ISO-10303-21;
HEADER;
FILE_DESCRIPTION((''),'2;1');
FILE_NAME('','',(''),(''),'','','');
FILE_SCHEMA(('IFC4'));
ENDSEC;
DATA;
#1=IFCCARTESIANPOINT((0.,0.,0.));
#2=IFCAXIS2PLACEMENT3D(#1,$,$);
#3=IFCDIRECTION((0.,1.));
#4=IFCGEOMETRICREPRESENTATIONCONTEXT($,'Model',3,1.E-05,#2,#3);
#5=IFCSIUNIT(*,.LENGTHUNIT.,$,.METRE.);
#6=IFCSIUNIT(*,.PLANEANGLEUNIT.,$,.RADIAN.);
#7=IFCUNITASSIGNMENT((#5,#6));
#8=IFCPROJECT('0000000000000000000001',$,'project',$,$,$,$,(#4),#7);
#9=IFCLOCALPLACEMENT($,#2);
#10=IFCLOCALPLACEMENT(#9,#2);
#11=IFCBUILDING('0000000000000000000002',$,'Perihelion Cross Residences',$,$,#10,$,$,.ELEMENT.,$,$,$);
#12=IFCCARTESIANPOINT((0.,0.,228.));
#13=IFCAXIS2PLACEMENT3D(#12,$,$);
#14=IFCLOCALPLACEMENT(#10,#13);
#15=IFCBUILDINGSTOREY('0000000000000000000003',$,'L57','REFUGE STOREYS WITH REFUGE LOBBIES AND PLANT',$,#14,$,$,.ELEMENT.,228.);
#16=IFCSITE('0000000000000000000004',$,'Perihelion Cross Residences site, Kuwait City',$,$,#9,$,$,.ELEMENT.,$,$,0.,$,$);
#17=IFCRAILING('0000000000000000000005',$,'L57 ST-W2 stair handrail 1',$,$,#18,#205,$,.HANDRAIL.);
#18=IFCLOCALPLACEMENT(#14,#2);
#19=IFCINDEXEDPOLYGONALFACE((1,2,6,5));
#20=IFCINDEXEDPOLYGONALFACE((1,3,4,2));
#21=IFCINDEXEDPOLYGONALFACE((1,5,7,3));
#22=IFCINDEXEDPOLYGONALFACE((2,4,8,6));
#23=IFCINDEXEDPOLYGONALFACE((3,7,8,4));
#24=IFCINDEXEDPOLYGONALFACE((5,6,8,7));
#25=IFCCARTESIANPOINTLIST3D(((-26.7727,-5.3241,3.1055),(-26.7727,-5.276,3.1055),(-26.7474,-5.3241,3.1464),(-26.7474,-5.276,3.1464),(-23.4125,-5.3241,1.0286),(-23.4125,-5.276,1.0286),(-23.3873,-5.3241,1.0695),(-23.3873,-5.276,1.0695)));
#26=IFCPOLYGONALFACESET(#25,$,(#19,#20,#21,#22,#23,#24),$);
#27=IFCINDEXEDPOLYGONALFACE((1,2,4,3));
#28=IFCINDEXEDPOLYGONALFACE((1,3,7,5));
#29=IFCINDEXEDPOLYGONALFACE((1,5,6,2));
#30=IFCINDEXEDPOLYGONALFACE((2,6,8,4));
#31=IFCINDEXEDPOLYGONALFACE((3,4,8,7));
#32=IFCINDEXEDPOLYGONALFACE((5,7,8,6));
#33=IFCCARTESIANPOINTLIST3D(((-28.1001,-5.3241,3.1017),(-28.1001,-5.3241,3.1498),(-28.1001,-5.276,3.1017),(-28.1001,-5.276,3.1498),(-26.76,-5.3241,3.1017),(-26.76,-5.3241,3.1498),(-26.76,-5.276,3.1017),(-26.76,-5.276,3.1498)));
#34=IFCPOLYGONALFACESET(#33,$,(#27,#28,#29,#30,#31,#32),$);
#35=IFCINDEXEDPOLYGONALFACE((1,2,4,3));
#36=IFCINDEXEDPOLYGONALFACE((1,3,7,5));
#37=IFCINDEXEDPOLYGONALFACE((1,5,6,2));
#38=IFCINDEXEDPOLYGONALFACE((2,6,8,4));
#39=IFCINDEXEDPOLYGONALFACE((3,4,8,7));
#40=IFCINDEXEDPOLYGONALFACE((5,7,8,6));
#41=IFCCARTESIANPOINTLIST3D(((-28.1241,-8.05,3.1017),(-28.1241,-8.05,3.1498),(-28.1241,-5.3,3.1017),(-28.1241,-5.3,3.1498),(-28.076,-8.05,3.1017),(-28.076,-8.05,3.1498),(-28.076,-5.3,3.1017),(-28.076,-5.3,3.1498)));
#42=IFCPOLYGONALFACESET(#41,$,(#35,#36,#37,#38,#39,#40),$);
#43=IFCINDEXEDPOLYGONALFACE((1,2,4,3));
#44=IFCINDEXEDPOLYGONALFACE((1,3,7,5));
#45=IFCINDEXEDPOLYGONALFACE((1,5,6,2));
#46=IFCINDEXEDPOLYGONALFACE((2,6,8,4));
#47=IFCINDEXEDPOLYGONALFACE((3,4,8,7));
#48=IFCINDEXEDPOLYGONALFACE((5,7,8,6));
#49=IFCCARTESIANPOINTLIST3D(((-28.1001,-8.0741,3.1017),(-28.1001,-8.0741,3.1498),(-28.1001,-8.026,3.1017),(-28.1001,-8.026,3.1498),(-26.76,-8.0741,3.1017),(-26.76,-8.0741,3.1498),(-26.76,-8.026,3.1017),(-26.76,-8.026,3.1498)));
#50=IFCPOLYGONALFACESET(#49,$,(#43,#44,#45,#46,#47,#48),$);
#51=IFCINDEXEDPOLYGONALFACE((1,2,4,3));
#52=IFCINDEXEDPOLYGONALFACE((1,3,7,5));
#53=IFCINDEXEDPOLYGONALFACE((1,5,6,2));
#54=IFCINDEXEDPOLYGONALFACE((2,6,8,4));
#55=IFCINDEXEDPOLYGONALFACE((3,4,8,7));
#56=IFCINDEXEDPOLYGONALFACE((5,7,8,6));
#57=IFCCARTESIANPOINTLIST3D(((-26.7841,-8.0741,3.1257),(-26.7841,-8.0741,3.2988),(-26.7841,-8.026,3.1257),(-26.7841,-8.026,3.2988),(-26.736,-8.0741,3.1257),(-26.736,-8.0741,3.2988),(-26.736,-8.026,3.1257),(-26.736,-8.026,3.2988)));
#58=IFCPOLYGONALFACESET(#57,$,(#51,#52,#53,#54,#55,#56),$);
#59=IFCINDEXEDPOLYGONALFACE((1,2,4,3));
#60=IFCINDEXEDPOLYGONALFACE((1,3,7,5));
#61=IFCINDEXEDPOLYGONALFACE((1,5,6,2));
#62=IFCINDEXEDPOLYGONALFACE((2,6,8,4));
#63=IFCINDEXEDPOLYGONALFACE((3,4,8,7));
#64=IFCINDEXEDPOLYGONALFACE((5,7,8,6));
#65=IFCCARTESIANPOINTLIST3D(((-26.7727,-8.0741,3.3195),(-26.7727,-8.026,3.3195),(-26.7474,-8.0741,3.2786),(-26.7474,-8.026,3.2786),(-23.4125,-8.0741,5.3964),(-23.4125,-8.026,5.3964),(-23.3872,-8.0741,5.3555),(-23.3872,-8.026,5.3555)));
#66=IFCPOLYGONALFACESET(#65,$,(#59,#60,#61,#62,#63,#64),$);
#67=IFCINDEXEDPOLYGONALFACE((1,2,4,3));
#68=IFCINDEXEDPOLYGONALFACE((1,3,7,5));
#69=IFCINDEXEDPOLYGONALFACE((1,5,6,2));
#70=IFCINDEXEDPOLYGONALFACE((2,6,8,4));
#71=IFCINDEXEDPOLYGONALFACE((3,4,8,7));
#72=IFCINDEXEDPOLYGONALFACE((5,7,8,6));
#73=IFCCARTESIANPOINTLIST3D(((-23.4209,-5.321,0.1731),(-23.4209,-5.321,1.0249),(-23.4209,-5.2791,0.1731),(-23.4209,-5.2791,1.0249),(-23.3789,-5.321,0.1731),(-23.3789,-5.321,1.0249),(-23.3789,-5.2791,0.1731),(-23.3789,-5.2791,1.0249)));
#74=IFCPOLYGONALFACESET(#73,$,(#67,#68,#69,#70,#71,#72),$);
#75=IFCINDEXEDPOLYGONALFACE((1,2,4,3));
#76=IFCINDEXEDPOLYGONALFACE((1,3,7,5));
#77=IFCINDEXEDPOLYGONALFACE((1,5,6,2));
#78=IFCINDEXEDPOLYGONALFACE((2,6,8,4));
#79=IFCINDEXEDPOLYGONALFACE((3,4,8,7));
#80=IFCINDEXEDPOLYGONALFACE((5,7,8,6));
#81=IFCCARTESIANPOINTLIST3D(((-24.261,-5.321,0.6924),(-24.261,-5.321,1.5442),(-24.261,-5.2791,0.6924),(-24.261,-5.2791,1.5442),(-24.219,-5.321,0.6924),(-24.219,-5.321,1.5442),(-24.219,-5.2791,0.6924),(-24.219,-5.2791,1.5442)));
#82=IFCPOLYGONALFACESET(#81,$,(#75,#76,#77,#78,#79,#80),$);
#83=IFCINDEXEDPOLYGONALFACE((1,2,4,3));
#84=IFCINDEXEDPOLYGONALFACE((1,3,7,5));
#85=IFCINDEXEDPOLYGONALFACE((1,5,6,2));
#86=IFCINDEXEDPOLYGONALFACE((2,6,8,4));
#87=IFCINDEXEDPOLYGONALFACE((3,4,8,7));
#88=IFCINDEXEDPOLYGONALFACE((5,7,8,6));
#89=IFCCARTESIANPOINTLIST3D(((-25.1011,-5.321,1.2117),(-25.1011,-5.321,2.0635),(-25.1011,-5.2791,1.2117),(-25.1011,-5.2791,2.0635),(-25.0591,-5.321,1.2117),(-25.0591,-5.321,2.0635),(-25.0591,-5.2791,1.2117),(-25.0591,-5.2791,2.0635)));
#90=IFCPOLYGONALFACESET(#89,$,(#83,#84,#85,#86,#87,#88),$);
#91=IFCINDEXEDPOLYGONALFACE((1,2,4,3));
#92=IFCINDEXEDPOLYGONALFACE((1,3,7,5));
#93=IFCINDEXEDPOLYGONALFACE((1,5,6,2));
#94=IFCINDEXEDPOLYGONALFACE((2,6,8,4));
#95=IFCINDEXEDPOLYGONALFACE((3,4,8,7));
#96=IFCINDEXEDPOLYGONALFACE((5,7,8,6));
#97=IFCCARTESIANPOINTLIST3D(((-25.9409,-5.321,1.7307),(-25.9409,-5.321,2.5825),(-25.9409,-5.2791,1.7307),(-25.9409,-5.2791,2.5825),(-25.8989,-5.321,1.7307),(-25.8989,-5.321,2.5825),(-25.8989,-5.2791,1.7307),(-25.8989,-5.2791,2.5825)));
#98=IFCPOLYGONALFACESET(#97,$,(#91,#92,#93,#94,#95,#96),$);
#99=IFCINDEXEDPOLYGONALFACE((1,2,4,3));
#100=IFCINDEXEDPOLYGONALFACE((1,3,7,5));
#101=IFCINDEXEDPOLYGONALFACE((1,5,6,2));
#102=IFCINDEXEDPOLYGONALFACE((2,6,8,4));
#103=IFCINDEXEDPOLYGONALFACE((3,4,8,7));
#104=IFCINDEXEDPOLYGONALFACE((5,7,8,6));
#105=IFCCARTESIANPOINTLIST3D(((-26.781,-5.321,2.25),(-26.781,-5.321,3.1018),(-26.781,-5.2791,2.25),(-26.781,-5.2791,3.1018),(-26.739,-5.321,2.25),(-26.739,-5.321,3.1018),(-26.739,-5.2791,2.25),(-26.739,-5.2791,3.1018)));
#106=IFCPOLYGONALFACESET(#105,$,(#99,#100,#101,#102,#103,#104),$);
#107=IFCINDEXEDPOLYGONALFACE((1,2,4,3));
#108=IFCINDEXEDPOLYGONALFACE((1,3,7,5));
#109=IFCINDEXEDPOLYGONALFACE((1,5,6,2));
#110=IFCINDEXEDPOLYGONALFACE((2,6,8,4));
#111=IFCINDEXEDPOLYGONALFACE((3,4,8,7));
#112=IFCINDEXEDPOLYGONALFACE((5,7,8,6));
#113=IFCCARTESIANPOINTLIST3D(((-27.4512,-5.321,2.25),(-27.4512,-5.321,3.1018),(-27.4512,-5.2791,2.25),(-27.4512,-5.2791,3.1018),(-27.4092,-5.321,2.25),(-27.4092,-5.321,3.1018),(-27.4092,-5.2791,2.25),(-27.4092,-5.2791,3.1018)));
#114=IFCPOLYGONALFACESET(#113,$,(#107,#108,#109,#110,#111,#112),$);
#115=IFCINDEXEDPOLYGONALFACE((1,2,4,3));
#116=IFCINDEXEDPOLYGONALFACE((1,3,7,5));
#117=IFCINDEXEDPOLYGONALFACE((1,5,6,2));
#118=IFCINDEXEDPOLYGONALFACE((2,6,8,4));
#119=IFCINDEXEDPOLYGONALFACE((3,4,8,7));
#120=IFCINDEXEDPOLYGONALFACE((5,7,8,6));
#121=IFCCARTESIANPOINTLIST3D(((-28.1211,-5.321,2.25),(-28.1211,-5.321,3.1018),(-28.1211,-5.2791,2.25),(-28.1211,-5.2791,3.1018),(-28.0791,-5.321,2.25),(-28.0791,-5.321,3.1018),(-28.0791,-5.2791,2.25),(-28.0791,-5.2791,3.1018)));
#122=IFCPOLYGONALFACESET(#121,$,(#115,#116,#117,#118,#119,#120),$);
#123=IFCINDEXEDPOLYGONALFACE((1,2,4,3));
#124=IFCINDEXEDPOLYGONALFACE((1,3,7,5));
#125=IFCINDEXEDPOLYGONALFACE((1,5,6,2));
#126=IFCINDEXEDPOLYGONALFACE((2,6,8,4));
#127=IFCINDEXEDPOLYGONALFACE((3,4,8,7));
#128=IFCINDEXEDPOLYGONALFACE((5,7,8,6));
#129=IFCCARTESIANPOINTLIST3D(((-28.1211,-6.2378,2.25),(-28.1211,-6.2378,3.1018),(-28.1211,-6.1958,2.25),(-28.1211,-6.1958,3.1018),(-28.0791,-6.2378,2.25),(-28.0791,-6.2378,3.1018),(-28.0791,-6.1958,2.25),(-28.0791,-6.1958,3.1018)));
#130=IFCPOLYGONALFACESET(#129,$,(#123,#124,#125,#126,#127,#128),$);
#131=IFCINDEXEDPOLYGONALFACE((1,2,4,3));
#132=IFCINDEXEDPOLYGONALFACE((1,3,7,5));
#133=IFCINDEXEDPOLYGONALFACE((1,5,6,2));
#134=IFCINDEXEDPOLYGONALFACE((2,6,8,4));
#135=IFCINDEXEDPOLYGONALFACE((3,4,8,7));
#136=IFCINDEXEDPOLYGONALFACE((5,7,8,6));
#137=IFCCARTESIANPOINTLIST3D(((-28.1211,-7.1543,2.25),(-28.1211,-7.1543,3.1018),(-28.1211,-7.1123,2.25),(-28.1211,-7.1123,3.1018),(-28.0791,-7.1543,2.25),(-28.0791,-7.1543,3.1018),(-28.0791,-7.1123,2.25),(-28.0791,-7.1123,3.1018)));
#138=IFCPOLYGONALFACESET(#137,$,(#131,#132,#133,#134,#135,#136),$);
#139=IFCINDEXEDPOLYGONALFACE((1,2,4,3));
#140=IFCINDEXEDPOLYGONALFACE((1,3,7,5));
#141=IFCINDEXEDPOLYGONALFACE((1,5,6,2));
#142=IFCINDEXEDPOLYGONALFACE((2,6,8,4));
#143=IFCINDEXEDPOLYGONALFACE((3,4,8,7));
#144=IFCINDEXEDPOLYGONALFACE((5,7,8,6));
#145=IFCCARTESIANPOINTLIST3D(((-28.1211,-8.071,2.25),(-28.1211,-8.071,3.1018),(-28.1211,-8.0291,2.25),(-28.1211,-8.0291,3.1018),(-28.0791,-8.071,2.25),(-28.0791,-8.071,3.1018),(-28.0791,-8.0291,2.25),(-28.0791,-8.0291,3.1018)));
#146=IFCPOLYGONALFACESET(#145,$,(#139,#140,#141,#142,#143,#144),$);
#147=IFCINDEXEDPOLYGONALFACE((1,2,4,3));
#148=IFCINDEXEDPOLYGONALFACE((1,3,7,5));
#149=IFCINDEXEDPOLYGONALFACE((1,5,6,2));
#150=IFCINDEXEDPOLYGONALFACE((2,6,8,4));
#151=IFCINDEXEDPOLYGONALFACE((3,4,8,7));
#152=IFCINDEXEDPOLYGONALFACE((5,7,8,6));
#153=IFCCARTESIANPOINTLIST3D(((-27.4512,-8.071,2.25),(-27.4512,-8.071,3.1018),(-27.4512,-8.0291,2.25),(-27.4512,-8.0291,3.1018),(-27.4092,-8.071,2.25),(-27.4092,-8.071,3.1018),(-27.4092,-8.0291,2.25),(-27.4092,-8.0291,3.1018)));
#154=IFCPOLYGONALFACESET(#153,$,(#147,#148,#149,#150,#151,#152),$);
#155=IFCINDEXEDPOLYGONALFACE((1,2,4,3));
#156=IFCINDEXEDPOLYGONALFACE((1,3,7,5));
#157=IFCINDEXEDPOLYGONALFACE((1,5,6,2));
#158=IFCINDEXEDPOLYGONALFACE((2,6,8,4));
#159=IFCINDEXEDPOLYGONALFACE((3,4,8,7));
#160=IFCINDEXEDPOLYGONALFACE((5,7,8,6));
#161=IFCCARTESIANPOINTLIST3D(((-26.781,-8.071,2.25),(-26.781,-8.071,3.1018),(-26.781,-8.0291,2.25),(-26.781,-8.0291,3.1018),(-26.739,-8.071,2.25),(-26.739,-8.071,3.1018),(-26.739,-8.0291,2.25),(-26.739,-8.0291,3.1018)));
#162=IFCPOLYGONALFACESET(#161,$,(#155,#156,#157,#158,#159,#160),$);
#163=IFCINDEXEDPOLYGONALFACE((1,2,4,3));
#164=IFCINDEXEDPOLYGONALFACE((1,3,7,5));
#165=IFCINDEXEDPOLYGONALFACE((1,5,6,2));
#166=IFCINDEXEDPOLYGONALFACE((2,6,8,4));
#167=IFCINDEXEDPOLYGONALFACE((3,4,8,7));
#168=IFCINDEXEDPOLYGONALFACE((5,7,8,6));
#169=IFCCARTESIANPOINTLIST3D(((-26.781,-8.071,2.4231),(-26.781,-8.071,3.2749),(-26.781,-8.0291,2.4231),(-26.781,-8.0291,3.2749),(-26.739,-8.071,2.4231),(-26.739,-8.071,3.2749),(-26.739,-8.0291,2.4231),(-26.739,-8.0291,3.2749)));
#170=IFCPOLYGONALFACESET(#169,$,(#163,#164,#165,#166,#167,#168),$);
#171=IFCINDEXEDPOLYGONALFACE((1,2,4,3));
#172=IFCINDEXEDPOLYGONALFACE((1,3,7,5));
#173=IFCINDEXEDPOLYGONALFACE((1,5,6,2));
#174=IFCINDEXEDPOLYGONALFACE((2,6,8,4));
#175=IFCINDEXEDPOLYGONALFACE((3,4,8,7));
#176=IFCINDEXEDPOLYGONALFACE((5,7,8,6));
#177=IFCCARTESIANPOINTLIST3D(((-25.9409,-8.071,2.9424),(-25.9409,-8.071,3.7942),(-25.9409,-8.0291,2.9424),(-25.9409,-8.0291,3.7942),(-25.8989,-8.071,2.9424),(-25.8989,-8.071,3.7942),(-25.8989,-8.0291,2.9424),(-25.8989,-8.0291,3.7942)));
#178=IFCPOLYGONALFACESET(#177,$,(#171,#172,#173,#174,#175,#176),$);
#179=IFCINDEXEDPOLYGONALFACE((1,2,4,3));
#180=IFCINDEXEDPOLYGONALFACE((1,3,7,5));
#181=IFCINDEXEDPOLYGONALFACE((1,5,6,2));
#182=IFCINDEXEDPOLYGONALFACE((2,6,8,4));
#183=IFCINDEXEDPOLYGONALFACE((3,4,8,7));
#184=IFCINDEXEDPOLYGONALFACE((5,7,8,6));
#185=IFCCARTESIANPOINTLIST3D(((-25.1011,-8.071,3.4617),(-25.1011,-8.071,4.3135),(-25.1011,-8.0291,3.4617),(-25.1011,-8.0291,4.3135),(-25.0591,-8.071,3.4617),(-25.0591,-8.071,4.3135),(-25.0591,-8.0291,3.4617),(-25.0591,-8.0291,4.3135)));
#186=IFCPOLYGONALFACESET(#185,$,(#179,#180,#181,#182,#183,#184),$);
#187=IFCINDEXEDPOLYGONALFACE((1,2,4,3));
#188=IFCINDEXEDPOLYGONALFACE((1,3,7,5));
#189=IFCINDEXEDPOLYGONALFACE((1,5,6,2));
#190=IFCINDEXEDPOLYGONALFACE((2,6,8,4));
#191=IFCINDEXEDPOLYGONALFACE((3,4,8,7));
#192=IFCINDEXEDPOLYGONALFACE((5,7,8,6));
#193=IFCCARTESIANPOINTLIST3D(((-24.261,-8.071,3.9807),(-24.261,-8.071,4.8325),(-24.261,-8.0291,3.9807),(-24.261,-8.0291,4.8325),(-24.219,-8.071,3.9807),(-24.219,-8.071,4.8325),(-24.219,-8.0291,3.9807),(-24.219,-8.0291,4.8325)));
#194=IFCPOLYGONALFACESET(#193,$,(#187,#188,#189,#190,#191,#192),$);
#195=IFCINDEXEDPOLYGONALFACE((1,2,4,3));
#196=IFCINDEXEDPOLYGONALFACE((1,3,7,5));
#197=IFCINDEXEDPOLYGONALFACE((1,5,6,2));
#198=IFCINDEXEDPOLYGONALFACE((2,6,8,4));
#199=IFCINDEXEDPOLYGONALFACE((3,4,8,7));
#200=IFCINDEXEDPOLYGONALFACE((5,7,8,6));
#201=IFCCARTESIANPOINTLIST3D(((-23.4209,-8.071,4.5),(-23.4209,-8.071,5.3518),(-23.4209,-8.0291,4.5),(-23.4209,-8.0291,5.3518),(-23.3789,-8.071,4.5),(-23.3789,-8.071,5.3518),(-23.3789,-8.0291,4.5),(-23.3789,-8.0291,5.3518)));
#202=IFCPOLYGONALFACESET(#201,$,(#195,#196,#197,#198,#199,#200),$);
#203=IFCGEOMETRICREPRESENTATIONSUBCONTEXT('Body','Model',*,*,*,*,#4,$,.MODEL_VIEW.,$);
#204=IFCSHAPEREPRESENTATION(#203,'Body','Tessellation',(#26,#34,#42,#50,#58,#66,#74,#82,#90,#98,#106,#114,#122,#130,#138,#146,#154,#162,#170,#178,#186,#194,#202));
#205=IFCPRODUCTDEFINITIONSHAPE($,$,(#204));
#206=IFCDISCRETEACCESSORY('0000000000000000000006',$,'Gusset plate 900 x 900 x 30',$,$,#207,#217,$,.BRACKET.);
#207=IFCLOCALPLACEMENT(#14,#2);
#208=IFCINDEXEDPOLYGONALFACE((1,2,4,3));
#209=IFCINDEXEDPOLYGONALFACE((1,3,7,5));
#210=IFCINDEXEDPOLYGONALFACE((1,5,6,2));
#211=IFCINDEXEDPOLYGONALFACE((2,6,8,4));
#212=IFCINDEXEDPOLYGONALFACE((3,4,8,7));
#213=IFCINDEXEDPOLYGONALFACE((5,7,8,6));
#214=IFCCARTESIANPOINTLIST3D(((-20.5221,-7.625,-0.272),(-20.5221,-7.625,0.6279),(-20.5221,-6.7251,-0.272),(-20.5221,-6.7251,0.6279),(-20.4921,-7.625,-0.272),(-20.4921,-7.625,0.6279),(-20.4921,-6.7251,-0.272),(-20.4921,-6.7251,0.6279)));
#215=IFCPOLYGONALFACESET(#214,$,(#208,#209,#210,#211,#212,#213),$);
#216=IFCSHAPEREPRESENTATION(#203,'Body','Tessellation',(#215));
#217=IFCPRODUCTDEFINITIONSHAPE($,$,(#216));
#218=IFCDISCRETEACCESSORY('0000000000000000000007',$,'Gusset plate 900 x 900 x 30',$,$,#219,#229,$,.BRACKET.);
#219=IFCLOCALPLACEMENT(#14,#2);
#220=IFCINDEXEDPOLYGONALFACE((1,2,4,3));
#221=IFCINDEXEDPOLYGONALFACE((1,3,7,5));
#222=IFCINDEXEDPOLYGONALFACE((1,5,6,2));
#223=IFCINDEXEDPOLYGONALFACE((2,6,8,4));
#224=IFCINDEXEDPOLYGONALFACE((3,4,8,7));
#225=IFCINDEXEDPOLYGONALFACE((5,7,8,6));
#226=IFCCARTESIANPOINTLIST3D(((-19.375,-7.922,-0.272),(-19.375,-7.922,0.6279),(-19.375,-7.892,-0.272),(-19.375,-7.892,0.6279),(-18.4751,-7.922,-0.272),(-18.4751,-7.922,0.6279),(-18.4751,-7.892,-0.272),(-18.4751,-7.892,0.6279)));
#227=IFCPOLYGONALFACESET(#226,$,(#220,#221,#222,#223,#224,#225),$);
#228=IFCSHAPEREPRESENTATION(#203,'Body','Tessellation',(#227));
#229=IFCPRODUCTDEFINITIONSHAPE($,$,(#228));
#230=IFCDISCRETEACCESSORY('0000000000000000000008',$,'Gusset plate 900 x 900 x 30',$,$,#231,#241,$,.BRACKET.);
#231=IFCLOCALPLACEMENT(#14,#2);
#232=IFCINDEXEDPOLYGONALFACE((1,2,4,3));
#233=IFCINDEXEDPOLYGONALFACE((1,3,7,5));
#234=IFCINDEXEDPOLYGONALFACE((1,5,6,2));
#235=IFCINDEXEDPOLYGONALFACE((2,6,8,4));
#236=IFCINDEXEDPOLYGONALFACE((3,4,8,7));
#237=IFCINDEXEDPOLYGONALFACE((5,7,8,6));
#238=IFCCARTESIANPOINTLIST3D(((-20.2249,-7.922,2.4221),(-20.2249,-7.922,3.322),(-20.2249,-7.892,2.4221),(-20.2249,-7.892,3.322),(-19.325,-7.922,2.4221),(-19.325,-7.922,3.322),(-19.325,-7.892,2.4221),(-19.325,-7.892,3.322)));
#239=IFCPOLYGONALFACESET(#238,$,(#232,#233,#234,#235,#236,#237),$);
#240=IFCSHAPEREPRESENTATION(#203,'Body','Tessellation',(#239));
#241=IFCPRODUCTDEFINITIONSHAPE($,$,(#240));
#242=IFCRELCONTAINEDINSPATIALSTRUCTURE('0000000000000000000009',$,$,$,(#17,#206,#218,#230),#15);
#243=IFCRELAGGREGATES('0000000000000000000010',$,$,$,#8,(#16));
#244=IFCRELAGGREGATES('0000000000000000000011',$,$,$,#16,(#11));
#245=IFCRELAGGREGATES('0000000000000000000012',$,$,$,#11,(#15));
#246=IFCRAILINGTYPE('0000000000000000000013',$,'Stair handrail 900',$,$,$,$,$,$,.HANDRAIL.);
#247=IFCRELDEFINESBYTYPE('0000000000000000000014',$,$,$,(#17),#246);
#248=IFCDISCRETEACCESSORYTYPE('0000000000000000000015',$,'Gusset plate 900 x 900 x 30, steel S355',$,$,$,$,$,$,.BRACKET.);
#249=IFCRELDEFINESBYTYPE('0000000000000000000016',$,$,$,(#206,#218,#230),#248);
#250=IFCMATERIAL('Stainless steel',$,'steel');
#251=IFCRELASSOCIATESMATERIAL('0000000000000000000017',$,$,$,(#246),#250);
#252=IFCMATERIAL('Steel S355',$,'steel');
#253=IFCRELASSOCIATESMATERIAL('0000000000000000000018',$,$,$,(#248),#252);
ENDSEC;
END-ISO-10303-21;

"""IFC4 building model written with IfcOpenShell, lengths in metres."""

from ifc_helpers import new_model, si_unit, direction, frame, origin, origin_2d, place, context, subcontext, project, spatial, rectangle, extrude, material, type_object, element, save


model = new_model("IFC4")

# Units and contexts
model_context = context("Model", 3, precision=1e-05, world=origin(), true_north=direction((0.0, 1.0)))
body_context = subcontext(model_context, "Body", "Model", "MODEL_VIEW")
ifc_project = project(units=[si_unit("LENGTHUNIT", "METRE"), si_unit("PLANEANGLEUNIT", "RADIAN")], contexts=[model_context])

# Site, building, storey
site_placement = place(None, origin())
site = spatial("IfcSite", under=ifc_project, at=site_placement, Name="Perihelion Cross Residences site, Kuwait City", CompositionType="ELEMENT", RefElevation=0.0)
building_placement = place(site_placement, origin())
building = spatial("IfcBuilding", under=site, at=building_placement, Name="Perihelion Cross Residences", CompositionType="ELEMENT")
storey_placement = place(building_placement, frame((0.0, 0.0, 228.0)))
storey = spatial("IfcBuildingStorey", under=building, at=storey_placement, Name="L57", Description="REFUGE STOREYS WITH REFUGE LOBBIES AND PLANT", CompositionType="ELEMENT", Elevation=228.0)

# Railing
ifc_material_1 = material(Name="Stainless steel", Category="steel")
railing_type_1 = type_object("IfcRailingType", Name="Stair handrail 900", PredefinedType="HANDRAIL", material=ifc_material_1)
railing_1_placement = place(storey_placement, frame((-23.3999, -5.3, 0.1731)))
element("IfcRailing", 1, at=railing_1_placement, inside=storey, type_object=railing_type_1, Name="L57 ST-W2 stair handrail 1", PredefinedType="HANDRAIL", context=body_context, shape_type="SweptSolid", body=[
    extrude(rectangle(XDim=0.0481, YDim=0.0481, at=origin_2d()), frame((0.0, 0.0, 0.876), z_axis=(-0.850623, 0.0, 0.525776), x_axis=(0.0, -1.0, 0.0)), (0.0, 0.0, 1.0), 3.9502),
    extrude(rectangle(XDim=0.0481, YDim=0.0481, at=origin_2d()), frame((-3.3601, 0.0, 2.9526), z_axis=(-1.0, 0.0, 0.0), x_axis=(0.0, -1.0, 0.0)), (0.0, 0.0, 1.0), 1.3401),
    extrude(rectangle(XDim=0.0481, YDim=0.0481, at=origin_2d()), frame((-4.7002, 0.0, 2.9526), z_axis=(0.0, -1.0, 0.0), x_axis=(1.0, 0.0, 0.0)), (0.0, 0.0, 1.0), 2.75),
    extrude(rectangle(XDim=0.0481, YDim=0.0481, at=origin_2d()), frame((-4.7002, -2.75, 2.9526), z_axis=(1.0, 0.0, 0.0), x_axis=(0.0, 1.0, 0.0)), (0.0, 0.0, 1.0), 1.3401),
    extrude(rectangle(XDim=0.0481, YDim=0.0481, at=origin_2d()), frame((-3.3601, -2.75, 2.9526), z_axis=(0.0, 0.0, 1.0), x_axis=(1.0, 0.0, 0.0)), (0.0, 0.0, 1.0), 0.1731),
    extrude(rectangle(XDim=0.0481, YDim=0.0481, at=origin_2d()), frame((-3.3601, -2.75, 3.126), z_axis=(0.850623, 0.0, 0.525776), x_axis=(0.0, 1.0, 0.0)), (0.0, 0.0, 1.0), 3.9502),
    extrude(rectangle(XDim=0.042, YDim=0.042, at=origin_2d()), origin(), (0.0, 0.0, 1.0), 0.8518),
    extrude(rectangle(XDim=0.042, YDim=0.042, at=origin_2d()), frame((-0.8401, 0.0, 0.5193)), (0.0, 0.0, 1.0), 0.8518),
    extrude(rectangle(XDim=0.042, YDim=0.042, at=origin_2d()), frame((-1.6802, 0.0, 1.0386)), (0.0, 0.0, 1.0), 0.8518),
    extrude(rectangle(XDim=0.042, YDim=0.042, at=origin_2d()), frame((-2.52, 0.0, 1.5576)), (0.0, 0.0, 1.0), 0.8518),
    extrude(rectangle(XDim=0.042, YDim=0.042, at=origin_2d()), frame((-3.3601, 0.0, 2.0769)), (0.0, 0.0, 1.0), 0.8518),
    extrude(rectangle(XDim=0.042, YDim=0.042, at=origin_2d()), frame((-4.0303, 0.0, 2.0769)), (0.0, 0.0, 1.0), 0.8518),
    extrude(rectangle(XDim=0.042, YDim=0.042, at=origin_2d()), frame((-4.7002, 0.0, 2.0769)), (0.0, 0.0, 1.0), 0.8518),
    extrude(rectangle(XDim=0.042, YDim=0.042, at=origin_2d()), frame((-4.7002, -0.9167, 2.0769)), (0.0, 0.0, 1.0), 0.8518),
    extrude(rectangle(XDim=0.042, YDim=0.042, at=origin_2d()), frame((-4.7002, -1.8333, 2.0769)), (0.0, 0.0, 1.0), 0.8518),
    extrude(rectangle(XDim=0.042, YDim=0.042, at=origin_2d()), frame((-4.7002, -2.75, 2.0769)), (0.0, 0.0, 1.0), 0.8518),
    extrude(rectangle(XDim=0.042, YDim=0.042, at=origin_2d()), frame((-4.0303, -2.75, 2.0769)), (0.0, 0.0, 1.0), 0.8518),
    extrude(rectangle(XDim=0.042, YDim=0.042, at=origin_2d()), frame((-3.3601, -2.75, 2.0769)), (0.0, 0.0, 1.0), 0.8518),
    extrude(rectangle(XDim=0.042, YDim=0.042, at=origin_2d()), frame((-3.3601, -2.75, 2.25)), (0.0, 0.0, 1.0), 0.8518),
    extrude(rectangle(XDim=0.042, YDim=0.042, at=origin_2d()), frame((-2.52, -2.75, 2.7693)), (0.0, 0.0, 1.0), 0.8518),
    extrude(rectangle(XDim=0.042, YDim=0.042, at=origin_2d()), frame((-1.6802, -2.75, 3.2886)), (0.0, 0.0, 1.0), 0.8518),
    extrude(rectangle(XDim=0.042, YDim=0.042, at=origin_2d()), frame((-0.8401, -2.75, 3.8076)), (0.0, 0.0, 1.0), 0.8518),
    extrude(rectangle(XDim=0.042, YDim=0.042, at=origin_2d()), frame((0.0, -2.75, 4.3269)), (0.0, 0.0, 1.0), 0.8518),
])

# Discrete accessories
ifc_material_2 = material(Name="Steel S355", Category="steel")
discrete_accessory_type = type_object("IfcDiscreteAccessoryType", Name="Gusset plate 900 x 900 x 30, steel S355", PredefinedType="BRACKET", material=ifc_material_2)
for number, where, z_axis, x_axis, name in (
    (2, (-20.5071, -7.175, -0.272), (0.0, 0.0, 1.0), (0.0, 1.0, 0.0), "Gusset plate 900 x 900 x 30"),
    (3, (-18.925, -7.907, -0.272), (0.0, 0.0, 1.0), (-1.0, 0.0, 0.0), "Gusset plate 900 x 900 x 30"),
    (4, (-19.7749, -7.907, 2.4221), (0.0, 0.0, 1.0), (1.0, 0.0, 0.0), "Gusset plate 900 x 900 x 30"),
):
    element("IfcDiscreteAccessory", number, at=place(storey_placement, frame(where, z_axis=z_axis, x_axis=x_axis)), inside=storey, type_object=discrete_accessory_type, Name=name, PredefinedType="BRACKET", context=body_context, shape_type="SweptSolid", body=[
        extrude(rectangle(XDim=0.8999, YDim=0.03, at=origin_2d()), origin(), (0.0, 0.0, 1.0), 0.8999),
    ])

save(model, "model.ifc")
